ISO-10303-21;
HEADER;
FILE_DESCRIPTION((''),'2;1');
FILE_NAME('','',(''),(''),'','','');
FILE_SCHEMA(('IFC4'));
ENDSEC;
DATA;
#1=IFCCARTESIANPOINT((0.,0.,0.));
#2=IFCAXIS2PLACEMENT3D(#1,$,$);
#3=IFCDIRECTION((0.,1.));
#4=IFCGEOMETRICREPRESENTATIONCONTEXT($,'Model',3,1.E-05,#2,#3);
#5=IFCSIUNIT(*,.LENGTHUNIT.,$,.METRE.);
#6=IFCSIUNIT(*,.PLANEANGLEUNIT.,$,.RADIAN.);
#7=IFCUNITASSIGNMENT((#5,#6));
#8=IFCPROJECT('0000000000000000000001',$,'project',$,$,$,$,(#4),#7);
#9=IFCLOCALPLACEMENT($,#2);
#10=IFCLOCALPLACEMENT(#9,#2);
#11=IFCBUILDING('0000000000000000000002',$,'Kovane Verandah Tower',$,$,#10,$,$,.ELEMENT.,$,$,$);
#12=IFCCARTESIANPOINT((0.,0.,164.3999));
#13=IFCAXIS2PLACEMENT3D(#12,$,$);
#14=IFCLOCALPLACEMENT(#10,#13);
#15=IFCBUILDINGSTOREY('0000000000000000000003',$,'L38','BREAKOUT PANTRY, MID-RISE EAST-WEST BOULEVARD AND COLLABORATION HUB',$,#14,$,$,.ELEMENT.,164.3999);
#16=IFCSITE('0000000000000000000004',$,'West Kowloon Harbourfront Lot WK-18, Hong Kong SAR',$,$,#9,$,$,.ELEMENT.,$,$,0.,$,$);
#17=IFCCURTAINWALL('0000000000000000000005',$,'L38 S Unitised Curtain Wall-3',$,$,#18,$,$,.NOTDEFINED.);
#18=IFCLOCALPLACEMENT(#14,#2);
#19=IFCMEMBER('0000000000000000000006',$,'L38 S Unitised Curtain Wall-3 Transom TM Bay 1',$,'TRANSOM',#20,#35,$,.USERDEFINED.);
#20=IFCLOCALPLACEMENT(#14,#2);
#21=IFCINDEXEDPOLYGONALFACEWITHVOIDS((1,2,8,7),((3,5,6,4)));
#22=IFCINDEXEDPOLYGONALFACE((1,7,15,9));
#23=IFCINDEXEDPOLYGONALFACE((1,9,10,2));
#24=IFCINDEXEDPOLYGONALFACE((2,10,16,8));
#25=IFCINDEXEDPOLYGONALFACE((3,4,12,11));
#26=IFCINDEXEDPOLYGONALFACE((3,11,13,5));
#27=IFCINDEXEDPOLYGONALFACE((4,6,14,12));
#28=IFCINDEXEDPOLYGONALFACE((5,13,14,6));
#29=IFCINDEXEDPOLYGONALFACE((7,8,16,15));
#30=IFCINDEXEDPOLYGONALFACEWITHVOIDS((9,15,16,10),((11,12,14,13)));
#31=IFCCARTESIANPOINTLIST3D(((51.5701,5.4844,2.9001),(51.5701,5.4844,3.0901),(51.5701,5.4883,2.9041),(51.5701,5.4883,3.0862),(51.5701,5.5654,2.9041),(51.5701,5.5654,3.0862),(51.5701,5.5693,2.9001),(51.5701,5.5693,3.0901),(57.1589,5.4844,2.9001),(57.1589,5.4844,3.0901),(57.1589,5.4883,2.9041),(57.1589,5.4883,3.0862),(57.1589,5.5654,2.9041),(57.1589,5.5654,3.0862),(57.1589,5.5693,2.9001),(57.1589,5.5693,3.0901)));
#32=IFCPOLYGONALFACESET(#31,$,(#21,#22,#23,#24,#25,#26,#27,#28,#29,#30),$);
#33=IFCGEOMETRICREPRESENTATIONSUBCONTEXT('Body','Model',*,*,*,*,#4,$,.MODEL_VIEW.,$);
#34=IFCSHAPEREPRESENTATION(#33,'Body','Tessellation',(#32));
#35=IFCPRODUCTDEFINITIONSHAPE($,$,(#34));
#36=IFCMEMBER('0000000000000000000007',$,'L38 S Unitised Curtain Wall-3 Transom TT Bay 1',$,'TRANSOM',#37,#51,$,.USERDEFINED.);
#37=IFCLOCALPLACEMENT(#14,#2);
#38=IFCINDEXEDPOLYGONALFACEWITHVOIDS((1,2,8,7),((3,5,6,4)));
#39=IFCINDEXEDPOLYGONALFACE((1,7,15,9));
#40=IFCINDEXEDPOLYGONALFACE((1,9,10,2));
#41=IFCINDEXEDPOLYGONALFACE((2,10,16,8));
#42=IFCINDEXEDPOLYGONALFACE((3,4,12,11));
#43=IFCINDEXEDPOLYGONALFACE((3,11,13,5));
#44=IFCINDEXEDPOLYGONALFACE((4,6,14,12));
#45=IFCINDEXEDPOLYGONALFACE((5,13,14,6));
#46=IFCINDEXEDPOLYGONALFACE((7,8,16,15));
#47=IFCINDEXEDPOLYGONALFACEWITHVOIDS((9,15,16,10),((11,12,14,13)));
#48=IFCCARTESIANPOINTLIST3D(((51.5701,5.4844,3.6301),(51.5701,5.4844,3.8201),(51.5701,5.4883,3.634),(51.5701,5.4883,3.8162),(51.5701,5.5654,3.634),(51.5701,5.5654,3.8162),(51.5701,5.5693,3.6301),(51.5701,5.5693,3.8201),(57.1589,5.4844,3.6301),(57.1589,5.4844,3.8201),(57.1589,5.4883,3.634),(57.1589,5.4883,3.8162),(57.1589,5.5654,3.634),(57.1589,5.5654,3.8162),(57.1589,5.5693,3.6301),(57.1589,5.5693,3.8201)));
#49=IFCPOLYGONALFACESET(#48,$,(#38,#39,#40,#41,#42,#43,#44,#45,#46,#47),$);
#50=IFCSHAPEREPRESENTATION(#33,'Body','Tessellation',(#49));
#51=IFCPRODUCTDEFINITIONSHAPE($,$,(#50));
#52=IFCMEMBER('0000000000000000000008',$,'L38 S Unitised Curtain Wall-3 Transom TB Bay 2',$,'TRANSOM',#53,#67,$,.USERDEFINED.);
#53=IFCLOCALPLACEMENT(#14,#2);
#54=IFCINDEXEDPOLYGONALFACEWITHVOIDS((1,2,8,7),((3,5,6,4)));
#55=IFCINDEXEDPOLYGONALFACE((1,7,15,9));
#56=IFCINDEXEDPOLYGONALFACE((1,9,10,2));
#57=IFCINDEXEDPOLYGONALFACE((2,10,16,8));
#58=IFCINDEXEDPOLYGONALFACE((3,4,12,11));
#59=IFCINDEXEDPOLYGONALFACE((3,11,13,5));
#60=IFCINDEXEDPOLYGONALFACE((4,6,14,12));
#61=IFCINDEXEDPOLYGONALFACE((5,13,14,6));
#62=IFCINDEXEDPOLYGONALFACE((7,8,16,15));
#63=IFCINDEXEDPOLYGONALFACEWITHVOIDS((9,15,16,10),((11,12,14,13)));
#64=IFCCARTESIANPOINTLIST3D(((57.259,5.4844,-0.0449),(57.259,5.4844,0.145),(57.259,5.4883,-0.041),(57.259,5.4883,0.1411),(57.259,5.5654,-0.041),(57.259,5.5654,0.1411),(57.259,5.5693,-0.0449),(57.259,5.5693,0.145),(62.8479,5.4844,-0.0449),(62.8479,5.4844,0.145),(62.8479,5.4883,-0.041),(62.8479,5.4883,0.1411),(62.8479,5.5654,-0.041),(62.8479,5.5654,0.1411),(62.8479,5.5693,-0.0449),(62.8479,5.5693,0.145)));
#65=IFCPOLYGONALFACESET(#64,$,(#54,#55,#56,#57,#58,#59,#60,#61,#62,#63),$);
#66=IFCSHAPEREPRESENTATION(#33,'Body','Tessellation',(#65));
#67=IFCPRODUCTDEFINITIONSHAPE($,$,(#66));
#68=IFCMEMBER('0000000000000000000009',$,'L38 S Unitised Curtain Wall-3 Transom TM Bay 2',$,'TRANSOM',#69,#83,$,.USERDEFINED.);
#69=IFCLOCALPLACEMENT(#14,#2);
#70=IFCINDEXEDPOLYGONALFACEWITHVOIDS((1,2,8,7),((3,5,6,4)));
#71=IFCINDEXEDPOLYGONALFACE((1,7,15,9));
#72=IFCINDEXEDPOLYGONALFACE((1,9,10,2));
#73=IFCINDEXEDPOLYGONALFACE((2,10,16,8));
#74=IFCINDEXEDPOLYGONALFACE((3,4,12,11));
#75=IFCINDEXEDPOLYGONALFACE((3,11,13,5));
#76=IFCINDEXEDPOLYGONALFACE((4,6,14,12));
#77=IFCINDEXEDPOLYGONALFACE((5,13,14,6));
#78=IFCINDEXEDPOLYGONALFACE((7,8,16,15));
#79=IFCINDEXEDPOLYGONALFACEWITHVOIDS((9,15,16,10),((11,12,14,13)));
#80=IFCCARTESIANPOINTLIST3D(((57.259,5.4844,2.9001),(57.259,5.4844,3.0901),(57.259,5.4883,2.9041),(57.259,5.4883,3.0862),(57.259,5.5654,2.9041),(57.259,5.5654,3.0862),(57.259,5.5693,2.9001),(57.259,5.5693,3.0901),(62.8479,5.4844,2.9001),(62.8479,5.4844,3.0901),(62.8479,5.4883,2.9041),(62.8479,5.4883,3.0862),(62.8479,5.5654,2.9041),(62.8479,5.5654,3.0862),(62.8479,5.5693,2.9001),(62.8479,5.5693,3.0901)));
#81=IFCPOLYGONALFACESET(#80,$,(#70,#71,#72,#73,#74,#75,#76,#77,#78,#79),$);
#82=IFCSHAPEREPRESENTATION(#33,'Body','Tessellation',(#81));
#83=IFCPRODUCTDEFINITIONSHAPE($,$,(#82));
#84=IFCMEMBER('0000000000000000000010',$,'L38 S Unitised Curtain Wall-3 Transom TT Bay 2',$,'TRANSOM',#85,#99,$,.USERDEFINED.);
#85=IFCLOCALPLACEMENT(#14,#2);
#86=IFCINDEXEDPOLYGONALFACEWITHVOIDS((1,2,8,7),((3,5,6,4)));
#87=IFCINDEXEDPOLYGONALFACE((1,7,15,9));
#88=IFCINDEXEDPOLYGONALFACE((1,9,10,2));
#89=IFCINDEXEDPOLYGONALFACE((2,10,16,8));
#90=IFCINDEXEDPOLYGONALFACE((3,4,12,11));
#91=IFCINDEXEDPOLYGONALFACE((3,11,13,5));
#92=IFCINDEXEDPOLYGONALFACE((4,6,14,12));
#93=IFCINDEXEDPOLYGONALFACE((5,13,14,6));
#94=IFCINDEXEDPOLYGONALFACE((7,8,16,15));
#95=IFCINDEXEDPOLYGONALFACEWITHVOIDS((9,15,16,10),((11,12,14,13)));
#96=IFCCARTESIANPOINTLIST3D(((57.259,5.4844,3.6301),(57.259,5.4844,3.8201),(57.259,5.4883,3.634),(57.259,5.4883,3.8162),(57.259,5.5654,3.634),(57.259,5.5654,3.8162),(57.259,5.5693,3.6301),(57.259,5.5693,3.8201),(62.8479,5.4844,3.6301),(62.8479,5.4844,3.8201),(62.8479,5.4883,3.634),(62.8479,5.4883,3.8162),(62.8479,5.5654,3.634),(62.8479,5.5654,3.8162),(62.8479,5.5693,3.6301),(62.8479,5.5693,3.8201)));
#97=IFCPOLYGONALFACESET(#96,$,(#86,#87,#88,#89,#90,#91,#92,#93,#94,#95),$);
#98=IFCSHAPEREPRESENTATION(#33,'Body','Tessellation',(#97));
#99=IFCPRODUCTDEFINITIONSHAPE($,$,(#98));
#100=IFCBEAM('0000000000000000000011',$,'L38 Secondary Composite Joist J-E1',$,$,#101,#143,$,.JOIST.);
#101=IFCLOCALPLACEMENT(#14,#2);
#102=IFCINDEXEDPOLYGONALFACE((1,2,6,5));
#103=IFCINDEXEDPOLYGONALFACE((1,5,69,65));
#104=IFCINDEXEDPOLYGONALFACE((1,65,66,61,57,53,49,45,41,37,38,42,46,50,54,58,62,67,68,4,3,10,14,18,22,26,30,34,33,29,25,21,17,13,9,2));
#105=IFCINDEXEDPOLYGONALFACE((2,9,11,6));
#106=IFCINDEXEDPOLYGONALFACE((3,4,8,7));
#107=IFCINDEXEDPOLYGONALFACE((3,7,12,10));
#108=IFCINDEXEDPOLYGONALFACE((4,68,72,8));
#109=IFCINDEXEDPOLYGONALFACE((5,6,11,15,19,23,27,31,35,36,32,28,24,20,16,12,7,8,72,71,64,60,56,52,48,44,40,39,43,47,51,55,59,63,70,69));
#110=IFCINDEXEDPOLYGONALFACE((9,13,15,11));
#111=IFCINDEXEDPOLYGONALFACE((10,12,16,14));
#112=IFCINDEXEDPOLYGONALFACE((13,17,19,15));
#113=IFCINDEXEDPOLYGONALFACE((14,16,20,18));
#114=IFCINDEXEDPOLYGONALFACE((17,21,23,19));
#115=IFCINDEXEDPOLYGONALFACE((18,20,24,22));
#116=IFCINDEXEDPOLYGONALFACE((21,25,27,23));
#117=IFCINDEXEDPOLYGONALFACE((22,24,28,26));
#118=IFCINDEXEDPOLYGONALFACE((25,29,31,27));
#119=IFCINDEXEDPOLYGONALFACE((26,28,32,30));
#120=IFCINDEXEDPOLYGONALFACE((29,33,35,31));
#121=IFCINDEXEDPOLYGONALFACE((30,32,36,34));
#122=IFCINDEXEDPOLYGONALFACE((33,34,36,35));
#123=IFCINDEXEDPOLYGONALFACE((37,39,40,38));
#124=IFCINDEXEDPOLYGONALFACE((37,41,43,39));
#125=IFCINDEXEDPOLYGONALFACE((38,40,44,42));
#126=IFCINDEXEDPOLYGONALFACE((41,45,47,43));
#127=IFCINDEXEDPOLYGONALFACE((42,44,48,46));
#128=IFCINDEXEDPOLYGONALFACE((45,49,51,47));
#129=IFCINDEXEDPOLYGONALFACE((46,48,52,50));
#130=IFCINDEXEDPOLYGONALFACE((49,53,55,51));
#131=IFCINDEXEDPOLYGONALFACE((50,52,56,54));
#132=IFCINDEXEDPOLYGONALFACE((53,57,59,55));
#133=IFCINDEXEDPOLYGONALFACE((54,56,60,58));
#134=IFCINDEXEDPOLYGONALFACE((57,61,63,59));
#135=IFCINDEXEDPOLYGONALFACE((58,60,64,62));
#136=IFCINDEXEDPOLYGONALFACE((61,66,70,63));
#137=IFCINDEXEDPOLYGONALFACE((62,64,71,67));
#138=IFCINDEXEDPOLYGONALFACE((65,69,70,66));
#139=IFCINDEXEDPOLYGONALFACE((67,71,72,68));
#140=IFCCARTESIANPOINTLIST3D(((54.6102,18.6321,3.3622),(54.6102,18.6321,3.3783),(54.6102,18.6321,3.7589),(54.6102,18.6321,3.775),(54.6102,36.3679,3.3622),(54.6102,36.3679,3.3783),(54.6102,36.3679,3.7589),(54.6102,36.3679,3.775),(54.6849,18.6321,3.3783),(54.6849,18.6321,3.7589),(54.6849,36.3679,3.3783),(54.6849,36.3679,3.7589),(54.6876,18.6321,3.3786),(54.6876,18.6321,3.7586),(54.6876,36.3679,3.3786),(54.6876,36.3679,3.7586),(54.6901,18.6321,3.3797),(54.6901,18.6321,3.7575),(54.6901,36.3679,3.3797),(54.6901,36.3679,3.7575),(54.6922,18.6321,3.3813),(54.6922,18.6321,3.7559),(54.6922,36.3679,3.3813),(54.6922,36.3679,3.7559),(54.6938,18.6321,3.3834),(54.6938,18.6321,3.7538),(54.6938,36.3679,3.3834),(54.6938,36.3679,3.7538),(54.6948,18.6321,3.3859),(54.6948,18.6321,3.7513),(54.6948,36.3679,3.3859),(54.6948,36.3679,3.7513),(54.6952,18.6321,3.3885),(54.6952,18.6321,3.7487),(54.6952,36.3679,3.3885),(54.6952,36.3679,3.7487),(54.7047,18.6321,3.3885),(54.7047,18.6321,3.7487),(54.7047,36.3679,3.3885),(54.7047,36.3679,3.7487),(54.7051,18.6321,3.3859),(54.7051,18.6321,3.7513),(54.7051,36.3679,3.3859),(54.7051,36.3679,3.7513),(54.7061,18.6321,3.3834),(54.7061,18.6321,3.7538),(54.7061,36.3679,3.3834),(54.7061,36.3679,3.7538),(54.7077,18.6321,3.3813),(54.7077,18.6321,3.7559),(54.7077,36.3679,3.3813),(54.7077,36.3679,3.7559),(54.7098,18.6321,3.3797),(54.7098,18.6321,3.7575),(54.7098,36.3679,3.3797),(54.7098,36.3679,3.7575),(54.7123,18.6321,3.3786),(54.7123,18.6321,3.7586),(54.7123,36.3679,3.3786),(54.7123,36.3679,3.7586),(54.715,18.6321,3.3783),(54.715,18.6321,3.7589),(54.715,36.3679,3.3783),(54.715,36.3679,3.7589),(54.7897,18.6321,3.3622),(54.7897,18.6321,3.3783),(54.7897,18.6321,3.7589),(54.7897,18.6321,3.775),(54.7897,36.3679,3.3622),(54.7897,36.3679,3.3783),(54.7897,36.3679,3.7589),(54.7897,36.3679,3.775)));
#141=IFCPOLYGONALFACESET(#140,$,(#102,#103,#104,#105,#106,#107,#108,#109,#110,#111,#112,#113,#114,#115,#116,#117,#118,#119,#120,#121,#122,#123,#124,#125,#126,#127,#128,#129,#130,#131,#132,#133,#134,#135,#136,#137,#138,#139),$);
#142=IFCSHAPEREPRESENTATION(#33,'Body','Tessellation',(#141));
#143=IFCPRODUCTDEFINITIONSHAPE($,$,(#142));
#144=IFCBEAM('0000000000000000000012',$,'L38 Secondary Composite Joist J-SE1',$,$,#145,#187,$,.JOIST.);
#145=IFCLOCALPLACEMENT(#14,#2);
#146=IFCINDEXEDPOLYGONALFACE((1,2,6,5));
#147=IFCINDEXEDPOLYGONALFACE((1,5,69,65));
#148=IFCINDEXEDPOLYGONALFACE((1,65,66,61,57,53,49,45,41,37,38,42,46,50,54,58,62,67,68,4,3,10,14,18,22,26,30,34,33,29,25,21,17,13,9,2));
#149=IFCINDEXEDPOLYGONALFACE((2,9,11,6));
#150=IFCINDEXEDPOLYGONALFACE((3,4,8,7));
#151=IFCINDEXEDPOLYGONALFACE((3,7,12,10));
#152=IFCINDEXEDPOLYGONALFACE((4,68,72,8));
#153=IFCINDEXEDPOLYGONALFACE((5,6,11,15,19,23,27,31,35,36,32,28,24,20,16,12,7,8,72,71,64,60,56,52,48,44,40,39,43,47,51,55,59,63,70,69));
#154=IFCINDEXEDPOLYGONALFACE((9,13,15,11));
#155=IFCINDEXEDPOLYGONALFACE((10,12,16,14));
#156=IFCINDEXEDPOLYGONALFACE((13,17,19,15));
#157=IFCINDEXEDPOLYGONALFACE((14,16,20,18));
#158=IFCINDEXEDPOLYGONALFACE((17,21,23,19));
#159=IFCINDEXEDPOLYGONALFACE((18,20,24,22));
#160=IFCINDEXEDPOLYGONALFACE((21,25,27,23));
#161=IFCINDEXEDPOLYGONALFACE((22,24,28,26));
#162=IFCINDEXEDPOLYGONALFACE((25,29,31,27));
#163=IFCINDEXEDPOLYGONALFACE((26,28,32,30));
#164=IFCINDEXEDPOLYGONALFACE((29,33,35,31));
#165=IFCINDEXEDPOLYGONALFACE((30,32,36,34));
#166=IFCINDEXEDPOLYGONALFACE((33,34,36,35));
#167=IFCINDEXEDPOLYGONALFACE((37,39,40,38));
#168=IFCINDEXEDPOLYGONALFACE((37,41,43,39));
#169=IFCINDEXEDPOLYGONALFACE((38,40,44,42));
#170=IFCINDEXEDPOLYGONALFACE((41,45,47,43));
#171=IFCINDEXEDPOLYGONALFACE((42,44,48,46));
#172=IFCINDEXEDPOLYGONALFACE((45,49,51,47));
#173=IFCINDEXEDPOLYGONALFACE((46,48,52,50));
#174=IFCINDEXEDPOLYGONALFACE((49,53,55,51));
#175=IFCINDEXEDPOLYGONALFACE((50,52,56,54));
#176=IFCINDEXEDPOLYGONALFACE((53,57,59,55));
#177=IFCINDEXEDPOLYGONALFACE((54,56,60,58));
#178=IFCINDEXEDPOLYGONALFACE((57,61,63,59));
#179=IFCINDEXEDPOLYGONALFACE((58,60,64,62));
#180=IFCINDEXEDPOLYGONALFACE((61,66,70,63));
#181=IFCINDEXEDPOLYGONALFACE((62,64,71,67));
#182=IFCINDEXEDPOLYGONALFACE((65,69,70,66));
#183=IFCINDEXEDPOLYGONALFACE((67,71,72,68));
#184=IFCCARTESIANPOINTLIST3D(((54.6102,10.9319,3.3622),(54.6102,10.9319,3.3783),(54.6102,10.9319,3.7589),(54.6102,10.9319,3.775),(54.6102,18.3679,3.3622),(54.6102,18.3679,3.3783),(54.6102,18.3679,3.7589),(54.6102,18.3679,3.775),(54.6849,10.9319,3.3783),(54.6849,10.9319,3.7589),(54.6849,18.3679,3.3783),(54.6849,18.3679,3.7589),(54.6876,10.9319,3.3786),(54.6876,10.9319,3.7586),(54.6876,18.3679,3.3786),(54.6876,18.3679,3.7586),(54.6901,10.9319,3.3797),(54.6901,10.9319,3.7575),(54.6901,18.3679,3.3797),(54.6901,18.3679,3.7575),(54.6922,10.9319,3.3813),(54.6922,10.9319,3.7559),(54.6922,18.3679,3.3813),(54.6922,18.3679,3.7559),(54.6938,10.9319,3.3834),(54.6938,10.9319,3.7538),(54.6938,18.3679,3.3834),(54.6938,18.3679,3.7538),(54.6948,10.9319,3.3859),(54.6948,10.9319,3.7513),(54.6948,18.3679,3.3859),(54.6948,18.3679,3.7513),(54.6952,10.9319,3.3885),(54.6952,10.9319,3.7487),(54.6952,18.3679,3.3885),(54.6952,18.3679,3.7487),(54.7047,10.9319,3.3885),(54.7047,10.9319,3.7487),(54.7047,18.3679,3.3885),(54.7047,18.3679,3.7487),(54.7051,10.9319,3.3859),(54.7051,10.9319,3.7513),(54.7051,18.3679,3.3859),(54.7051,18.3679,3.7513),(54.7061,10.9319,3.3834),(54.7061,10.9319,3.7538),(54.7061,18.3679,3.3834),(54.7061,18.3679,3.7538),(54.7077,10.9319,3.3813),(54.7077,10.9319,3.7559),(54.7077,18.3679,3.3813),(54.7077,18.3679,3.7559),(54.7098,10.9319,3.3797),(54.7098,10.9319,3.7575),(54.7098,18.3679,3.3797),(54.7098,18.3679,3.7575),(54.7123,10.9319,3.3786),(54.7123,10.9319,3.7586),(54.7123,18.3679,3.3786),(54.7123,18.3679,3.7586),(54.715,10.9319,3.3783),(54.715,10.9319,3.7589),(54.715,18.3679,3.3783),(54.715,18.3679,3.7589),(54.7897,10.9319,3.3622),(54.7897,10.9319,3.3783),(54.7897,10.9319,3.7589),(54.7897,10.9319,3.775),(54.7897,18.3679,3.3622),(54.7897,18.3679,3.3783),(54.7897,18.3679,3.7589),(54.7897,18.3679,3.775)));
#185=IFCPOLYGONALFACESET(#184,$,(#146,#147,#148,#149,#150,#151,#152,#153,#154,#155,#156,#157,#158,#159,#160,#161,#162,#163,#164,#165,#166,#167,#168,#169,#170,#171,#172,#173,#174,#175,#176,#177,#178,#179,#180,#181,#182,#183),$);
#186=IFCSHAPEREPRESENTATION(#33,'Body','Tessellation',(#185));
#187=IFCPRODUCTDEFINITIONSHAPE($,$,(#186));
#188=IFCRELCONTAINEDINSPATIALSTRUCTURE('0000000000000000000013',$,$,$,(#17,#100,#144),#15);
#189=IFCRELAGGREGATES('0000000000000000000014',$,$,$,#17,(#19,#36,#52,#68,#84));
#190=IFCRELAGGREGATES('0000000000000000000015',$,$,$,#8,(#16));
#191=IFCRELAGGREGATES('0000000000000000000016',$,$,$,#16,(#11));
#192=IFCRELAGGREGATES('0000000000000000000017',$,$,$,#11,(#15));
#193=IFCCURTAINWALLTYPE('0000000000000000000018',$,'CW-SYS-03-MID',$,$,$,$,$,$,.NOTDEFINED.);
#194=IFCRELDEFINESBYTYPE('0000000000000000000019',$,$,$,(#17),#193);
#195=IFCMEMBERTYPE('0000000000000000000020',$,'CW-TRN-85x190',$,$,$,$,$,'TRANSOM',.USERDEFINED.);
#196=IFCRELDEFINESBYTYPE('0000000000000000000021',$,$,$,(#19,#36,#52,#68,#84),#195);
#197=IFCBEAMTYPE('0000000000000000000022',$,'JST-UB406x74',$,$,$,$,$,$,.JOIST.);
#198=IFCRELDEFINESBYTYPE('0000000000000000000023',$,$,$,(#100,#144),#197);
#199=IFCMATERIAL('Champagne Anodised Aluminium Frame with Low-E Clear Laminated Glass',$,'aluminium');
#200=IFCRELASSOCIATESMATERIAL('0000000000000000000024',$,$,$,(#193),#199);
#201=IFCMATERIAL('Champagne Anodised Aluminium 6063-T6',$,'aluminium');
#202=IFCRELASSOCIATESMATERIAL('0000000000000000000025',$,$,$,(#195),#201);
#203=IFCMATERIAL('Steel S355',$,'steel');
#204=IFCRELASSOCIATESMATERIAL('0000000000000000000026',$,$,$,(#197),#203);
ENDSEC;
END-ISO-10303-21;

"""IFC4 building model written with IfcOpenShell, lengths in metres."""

from ifc_helpers import new_model, si_unit, direction, frame, origin, origin_2d, place, context, subcontext, project, spatial, hollow_rectangle, i_section, extrude, material, material_profile, profile_set, type_object, element, aggregate, save


model = new_model("IFC4")

# Units and contexts
model_context = context("Model", 3, precision=1e-05, world=origin(), true_north=direction((0.0, 1.0)))
body_context = subcontext(model_context, "Body", "Model", "MODEL_VIEW")
ifc_project = project(units=[si_unit("LENGTHUNIT", "METRE"), si_unit("PLANEANGLEUNIT", "RADIAN")], contexts=[model_context])

# Site, building, storey
site_placement = place(None, origin())
site = spatial("IfcSite", under=ifc_project, at=site_placement, Name="West Kowloon Harbourfront Lot WK-18, Hong Kong SAR", CompositionType="ELEMENT", RefElevation=0.0)
building_placement = place(site_placement, origin())
building = spatial("IfcBuilding", under=site, at=building_placement, Name="Kovane Verandah Tower", CompositionType="ELEMENT")
storey_placement = place(building_placement, frame((0.0, 0.0, 164.3999)))
storey = spatial("IfcBuildingStorey", under=building, at=storey_placement, Name="L38", Description="BREAKOUT PANTRY, MID-RISE EAST-WEST BOULEVARD AND COLLABORATION HUB", CompositionType="ELEMENT", Elevation=164.3999)

# Shared definitions
ifc_material_1 = material(Name="Steel S355", Category="steel")

# Curtain wall, members
ifc_material_2 = material(Name="Champagne Anodised Aluminium Frame with Low-E Clear Laminated Glass", Category="aluminium")
curtain_wall_type = type_object("IfcCurtainWallType", Name="CW-SYS-03-MID", PredefinedType="NOTDEFINED", material=ifc_material_2)
curtain_wall_placement = place(storey_placement, origin())
curtain_wall = element("IfcCurtainWall", 1, at=curtain_wall_placement, inside=storey, type_object=curtain_wall_type, Name="L38 S Unitised Curtain Wall-3", PredefinedType="NOTDEFINED")
ifc_material_3 = material(Name="Champagne Anodised Aluminium 6063-T6", Category="aluminium")
ifc_material_profile_1 = material_profile(ifc_material_3, hollow_rectangle(XDim=0.085, YDim=0.1899, WallThickness=0.0039, at=origin_2d()), Name="AL85x190x4")
ifc_profile_set_1 = profile_set([ifc_material_profile_1], Name="Champagne Anodised Aluminium 6063-T6")
member_type_1 = type_object("IfcMemberType", Name="CW-TRN-85x190", ElementType="TRANSOM", PredefinedType="USERDEFINED", material=ifc_profile_set_1)
member_1_placement = place(storey_placement, frame((51.5701, 5.5269, 2.9951), z_axis=(1.0, 0.0, 0.0), x_axis=(0.0, 1.0, 0.0)))
member_1 = element("IfcMember", 2, at=member_1_placement, type_object=member_type_1, Name="L38 S Unitised Curtain Wall-3 Transom TM Bay 1", ObjectType="TRANSOM", PredefinedType="USERDEFINED", context=body_context, shape_type="SweptSolid", body=[
    extrude(hollow_rectangle(XDim=0.085, YDim=0.1899, WallThickness=0.0039, at=origin_2d()), origin(), (0.0, 0.0, 1.0), 5.5889),
])
member_2_placement = place(storey_placement, frame((51.5701, 5.5269, 3.7251), z_axis=(1.0, 0.0, 0.0), x_axis=(0.0, 1.0, 0.0)))
member_2 = element("IfcMember", 3, at=member_2_placement, type_object=member_type_1, Name="L38 S Unitised Curtain Wall-3 Transom TT Bay 1", ObjectType="TRANSOM", PredefinedType="USERDEFINED", context=body_context, shape_type="SweptSolid", body=[
    extrude(hollow_rectangle(XDim=0.085, YDim=0.1899, WallThickness=0.0039, at=origin_2d()), origin(), (0.0, 0.0, 1.0), 5.5889),
])
member_3_placement = place(storey_placement, frame((57.259, 5.5269, 0.05), z_axis=(1.0, 0.0, 0.0), x_axis=(0.0, 1.0, 0.0)))
member_3 = element("IfcMember", 4, at=member_3_placement, type_object=member_type_1, Name="L38 S Unitised Curtain Wall-3 Transom TB Bay 2", ObjectType="TRANSOM", PredefinedType="USERDEFINED", context=body_context, shape_type="SweptSolid", body=[
    extrude(hollow_rectangle(XDim=0.085, YDim=0.1899, WallThickness=0.0039, at=origin_2d()), origin(), (0.0, 0.0, 1.0), 5.5889),
])
member_4_placement = place(storey_placement, frame((57.259, 5.5269, 2.9951), z_axis=(1.0, 0.0, 0.0), x_axis=(0.0, 1.0, 0.0)))
member_4 = element("IfcMember", 5, at=member_4_placement, type_object=member_type_1, Name="L38 S Unitised Curtain Wall-3 Transom TM Bay 2", ObjectType="TRANSOM", PredefinedType="USERDEFINED", context=body_context, shape_type="SweptSolid", body=[
    extrude(hollow_rectangle(XDim=0.085, YDim=0.1899, WallThickness=0.0039, at=origin_2d()), origin(), (0.0, 0.0, 1.0), 5.5889),
])
member_5_placement = place(storey_placement, frame((57.259, 5.5269, 3.7251), z_axis=(1.0, 0.0, 0.0), x_axis=(0.0, 1.0, 0.0)))
member_5 = element("IfcMember", 6, at=member_5_placement, type_object=member_type_1, Name="L38 S Unitised Curtain Wall-3 Transom TT Bay 2", ObjectType="TRANSOM", PredefinedType="USERDEFINED", context=body_context, shape_type="SweptSolid", body=[
    extrude(hollow_rectangle(XDim=0.085, YDim=0.1899, WallThickness=0.0039, at=origin_2d()), origin(), (0.0, 0.0, 1.0), 5.5889),
])

# Beams
ifc_material_profile_2 = material_profile(ifc_material_1, i_section(OverallWidth=0.1794, OverallDepth=0.4128, WebThickness=0.0095, FlangeThickness=0.0161, FilletRadius=0.0103, at=origin_2d()), Name="UB406x178x74")
ifc_profile_set_2 = profile_set([ifc_material_profile_2], Name="Steel S355")
beam_type_1 = type_object("IfcBeamType", Name="JST-UB406x74", PredefinedType="JOIST", material=ifc_profile_set_2)
beam_1_placement = place(storey_placement, frame((54.7, 18.6321, 3.5686), z_axis=(0.0, 1.0, 0.0), x_axis=(-1.0, 0.0, 0.0)))
element("IfcBeam", 7, at=beam_1_placement, inside=storey, type_object=beam_type_1, Name="L38 Secondary Composite Joist J-E1", PredefinedType="JOIST", context=body_context, shape_type="SweptSolid", body=[
    extrude(i_section(OverallWidth=0.1794, OverallDepth=0.4128, WebThickness=0.0095, FlangeThickness=0.0161, FilletRadius=0.0103, at=origin_2d()), origin(), (0.0, 0.0, 1.0), 17.7358),
])
beam_2_placement = place(storey_placement, frame((54.7, 10.9319, 3.5686), z_axis=(0.0, 1.0, 0.0), x_axis=(-1.0, 0.0, 0.0)))
element("IfcBeam", 8, at=beam_2_placement, inside=storey, type_object=beam_type_1, Name="L38 Secondary Composite Joist J-SE1", PredefinedType="JOIST", context=body_context, shape_type="SweptSolid", body=[
    extrude(i_section(OverallWidth=0.1794, OverallDepth=0.4128, WebThickness=0.0095, FlangeThickness=0.0161, FilletRadius=0.0103, at=origin_2d()), origin(), (0.0, 0.0, 1.0), 7.436),
])

aggregate(curtain_wall, [member_1, member_2, member_3, member_4, member_5])

save(model, "model.ifc")
